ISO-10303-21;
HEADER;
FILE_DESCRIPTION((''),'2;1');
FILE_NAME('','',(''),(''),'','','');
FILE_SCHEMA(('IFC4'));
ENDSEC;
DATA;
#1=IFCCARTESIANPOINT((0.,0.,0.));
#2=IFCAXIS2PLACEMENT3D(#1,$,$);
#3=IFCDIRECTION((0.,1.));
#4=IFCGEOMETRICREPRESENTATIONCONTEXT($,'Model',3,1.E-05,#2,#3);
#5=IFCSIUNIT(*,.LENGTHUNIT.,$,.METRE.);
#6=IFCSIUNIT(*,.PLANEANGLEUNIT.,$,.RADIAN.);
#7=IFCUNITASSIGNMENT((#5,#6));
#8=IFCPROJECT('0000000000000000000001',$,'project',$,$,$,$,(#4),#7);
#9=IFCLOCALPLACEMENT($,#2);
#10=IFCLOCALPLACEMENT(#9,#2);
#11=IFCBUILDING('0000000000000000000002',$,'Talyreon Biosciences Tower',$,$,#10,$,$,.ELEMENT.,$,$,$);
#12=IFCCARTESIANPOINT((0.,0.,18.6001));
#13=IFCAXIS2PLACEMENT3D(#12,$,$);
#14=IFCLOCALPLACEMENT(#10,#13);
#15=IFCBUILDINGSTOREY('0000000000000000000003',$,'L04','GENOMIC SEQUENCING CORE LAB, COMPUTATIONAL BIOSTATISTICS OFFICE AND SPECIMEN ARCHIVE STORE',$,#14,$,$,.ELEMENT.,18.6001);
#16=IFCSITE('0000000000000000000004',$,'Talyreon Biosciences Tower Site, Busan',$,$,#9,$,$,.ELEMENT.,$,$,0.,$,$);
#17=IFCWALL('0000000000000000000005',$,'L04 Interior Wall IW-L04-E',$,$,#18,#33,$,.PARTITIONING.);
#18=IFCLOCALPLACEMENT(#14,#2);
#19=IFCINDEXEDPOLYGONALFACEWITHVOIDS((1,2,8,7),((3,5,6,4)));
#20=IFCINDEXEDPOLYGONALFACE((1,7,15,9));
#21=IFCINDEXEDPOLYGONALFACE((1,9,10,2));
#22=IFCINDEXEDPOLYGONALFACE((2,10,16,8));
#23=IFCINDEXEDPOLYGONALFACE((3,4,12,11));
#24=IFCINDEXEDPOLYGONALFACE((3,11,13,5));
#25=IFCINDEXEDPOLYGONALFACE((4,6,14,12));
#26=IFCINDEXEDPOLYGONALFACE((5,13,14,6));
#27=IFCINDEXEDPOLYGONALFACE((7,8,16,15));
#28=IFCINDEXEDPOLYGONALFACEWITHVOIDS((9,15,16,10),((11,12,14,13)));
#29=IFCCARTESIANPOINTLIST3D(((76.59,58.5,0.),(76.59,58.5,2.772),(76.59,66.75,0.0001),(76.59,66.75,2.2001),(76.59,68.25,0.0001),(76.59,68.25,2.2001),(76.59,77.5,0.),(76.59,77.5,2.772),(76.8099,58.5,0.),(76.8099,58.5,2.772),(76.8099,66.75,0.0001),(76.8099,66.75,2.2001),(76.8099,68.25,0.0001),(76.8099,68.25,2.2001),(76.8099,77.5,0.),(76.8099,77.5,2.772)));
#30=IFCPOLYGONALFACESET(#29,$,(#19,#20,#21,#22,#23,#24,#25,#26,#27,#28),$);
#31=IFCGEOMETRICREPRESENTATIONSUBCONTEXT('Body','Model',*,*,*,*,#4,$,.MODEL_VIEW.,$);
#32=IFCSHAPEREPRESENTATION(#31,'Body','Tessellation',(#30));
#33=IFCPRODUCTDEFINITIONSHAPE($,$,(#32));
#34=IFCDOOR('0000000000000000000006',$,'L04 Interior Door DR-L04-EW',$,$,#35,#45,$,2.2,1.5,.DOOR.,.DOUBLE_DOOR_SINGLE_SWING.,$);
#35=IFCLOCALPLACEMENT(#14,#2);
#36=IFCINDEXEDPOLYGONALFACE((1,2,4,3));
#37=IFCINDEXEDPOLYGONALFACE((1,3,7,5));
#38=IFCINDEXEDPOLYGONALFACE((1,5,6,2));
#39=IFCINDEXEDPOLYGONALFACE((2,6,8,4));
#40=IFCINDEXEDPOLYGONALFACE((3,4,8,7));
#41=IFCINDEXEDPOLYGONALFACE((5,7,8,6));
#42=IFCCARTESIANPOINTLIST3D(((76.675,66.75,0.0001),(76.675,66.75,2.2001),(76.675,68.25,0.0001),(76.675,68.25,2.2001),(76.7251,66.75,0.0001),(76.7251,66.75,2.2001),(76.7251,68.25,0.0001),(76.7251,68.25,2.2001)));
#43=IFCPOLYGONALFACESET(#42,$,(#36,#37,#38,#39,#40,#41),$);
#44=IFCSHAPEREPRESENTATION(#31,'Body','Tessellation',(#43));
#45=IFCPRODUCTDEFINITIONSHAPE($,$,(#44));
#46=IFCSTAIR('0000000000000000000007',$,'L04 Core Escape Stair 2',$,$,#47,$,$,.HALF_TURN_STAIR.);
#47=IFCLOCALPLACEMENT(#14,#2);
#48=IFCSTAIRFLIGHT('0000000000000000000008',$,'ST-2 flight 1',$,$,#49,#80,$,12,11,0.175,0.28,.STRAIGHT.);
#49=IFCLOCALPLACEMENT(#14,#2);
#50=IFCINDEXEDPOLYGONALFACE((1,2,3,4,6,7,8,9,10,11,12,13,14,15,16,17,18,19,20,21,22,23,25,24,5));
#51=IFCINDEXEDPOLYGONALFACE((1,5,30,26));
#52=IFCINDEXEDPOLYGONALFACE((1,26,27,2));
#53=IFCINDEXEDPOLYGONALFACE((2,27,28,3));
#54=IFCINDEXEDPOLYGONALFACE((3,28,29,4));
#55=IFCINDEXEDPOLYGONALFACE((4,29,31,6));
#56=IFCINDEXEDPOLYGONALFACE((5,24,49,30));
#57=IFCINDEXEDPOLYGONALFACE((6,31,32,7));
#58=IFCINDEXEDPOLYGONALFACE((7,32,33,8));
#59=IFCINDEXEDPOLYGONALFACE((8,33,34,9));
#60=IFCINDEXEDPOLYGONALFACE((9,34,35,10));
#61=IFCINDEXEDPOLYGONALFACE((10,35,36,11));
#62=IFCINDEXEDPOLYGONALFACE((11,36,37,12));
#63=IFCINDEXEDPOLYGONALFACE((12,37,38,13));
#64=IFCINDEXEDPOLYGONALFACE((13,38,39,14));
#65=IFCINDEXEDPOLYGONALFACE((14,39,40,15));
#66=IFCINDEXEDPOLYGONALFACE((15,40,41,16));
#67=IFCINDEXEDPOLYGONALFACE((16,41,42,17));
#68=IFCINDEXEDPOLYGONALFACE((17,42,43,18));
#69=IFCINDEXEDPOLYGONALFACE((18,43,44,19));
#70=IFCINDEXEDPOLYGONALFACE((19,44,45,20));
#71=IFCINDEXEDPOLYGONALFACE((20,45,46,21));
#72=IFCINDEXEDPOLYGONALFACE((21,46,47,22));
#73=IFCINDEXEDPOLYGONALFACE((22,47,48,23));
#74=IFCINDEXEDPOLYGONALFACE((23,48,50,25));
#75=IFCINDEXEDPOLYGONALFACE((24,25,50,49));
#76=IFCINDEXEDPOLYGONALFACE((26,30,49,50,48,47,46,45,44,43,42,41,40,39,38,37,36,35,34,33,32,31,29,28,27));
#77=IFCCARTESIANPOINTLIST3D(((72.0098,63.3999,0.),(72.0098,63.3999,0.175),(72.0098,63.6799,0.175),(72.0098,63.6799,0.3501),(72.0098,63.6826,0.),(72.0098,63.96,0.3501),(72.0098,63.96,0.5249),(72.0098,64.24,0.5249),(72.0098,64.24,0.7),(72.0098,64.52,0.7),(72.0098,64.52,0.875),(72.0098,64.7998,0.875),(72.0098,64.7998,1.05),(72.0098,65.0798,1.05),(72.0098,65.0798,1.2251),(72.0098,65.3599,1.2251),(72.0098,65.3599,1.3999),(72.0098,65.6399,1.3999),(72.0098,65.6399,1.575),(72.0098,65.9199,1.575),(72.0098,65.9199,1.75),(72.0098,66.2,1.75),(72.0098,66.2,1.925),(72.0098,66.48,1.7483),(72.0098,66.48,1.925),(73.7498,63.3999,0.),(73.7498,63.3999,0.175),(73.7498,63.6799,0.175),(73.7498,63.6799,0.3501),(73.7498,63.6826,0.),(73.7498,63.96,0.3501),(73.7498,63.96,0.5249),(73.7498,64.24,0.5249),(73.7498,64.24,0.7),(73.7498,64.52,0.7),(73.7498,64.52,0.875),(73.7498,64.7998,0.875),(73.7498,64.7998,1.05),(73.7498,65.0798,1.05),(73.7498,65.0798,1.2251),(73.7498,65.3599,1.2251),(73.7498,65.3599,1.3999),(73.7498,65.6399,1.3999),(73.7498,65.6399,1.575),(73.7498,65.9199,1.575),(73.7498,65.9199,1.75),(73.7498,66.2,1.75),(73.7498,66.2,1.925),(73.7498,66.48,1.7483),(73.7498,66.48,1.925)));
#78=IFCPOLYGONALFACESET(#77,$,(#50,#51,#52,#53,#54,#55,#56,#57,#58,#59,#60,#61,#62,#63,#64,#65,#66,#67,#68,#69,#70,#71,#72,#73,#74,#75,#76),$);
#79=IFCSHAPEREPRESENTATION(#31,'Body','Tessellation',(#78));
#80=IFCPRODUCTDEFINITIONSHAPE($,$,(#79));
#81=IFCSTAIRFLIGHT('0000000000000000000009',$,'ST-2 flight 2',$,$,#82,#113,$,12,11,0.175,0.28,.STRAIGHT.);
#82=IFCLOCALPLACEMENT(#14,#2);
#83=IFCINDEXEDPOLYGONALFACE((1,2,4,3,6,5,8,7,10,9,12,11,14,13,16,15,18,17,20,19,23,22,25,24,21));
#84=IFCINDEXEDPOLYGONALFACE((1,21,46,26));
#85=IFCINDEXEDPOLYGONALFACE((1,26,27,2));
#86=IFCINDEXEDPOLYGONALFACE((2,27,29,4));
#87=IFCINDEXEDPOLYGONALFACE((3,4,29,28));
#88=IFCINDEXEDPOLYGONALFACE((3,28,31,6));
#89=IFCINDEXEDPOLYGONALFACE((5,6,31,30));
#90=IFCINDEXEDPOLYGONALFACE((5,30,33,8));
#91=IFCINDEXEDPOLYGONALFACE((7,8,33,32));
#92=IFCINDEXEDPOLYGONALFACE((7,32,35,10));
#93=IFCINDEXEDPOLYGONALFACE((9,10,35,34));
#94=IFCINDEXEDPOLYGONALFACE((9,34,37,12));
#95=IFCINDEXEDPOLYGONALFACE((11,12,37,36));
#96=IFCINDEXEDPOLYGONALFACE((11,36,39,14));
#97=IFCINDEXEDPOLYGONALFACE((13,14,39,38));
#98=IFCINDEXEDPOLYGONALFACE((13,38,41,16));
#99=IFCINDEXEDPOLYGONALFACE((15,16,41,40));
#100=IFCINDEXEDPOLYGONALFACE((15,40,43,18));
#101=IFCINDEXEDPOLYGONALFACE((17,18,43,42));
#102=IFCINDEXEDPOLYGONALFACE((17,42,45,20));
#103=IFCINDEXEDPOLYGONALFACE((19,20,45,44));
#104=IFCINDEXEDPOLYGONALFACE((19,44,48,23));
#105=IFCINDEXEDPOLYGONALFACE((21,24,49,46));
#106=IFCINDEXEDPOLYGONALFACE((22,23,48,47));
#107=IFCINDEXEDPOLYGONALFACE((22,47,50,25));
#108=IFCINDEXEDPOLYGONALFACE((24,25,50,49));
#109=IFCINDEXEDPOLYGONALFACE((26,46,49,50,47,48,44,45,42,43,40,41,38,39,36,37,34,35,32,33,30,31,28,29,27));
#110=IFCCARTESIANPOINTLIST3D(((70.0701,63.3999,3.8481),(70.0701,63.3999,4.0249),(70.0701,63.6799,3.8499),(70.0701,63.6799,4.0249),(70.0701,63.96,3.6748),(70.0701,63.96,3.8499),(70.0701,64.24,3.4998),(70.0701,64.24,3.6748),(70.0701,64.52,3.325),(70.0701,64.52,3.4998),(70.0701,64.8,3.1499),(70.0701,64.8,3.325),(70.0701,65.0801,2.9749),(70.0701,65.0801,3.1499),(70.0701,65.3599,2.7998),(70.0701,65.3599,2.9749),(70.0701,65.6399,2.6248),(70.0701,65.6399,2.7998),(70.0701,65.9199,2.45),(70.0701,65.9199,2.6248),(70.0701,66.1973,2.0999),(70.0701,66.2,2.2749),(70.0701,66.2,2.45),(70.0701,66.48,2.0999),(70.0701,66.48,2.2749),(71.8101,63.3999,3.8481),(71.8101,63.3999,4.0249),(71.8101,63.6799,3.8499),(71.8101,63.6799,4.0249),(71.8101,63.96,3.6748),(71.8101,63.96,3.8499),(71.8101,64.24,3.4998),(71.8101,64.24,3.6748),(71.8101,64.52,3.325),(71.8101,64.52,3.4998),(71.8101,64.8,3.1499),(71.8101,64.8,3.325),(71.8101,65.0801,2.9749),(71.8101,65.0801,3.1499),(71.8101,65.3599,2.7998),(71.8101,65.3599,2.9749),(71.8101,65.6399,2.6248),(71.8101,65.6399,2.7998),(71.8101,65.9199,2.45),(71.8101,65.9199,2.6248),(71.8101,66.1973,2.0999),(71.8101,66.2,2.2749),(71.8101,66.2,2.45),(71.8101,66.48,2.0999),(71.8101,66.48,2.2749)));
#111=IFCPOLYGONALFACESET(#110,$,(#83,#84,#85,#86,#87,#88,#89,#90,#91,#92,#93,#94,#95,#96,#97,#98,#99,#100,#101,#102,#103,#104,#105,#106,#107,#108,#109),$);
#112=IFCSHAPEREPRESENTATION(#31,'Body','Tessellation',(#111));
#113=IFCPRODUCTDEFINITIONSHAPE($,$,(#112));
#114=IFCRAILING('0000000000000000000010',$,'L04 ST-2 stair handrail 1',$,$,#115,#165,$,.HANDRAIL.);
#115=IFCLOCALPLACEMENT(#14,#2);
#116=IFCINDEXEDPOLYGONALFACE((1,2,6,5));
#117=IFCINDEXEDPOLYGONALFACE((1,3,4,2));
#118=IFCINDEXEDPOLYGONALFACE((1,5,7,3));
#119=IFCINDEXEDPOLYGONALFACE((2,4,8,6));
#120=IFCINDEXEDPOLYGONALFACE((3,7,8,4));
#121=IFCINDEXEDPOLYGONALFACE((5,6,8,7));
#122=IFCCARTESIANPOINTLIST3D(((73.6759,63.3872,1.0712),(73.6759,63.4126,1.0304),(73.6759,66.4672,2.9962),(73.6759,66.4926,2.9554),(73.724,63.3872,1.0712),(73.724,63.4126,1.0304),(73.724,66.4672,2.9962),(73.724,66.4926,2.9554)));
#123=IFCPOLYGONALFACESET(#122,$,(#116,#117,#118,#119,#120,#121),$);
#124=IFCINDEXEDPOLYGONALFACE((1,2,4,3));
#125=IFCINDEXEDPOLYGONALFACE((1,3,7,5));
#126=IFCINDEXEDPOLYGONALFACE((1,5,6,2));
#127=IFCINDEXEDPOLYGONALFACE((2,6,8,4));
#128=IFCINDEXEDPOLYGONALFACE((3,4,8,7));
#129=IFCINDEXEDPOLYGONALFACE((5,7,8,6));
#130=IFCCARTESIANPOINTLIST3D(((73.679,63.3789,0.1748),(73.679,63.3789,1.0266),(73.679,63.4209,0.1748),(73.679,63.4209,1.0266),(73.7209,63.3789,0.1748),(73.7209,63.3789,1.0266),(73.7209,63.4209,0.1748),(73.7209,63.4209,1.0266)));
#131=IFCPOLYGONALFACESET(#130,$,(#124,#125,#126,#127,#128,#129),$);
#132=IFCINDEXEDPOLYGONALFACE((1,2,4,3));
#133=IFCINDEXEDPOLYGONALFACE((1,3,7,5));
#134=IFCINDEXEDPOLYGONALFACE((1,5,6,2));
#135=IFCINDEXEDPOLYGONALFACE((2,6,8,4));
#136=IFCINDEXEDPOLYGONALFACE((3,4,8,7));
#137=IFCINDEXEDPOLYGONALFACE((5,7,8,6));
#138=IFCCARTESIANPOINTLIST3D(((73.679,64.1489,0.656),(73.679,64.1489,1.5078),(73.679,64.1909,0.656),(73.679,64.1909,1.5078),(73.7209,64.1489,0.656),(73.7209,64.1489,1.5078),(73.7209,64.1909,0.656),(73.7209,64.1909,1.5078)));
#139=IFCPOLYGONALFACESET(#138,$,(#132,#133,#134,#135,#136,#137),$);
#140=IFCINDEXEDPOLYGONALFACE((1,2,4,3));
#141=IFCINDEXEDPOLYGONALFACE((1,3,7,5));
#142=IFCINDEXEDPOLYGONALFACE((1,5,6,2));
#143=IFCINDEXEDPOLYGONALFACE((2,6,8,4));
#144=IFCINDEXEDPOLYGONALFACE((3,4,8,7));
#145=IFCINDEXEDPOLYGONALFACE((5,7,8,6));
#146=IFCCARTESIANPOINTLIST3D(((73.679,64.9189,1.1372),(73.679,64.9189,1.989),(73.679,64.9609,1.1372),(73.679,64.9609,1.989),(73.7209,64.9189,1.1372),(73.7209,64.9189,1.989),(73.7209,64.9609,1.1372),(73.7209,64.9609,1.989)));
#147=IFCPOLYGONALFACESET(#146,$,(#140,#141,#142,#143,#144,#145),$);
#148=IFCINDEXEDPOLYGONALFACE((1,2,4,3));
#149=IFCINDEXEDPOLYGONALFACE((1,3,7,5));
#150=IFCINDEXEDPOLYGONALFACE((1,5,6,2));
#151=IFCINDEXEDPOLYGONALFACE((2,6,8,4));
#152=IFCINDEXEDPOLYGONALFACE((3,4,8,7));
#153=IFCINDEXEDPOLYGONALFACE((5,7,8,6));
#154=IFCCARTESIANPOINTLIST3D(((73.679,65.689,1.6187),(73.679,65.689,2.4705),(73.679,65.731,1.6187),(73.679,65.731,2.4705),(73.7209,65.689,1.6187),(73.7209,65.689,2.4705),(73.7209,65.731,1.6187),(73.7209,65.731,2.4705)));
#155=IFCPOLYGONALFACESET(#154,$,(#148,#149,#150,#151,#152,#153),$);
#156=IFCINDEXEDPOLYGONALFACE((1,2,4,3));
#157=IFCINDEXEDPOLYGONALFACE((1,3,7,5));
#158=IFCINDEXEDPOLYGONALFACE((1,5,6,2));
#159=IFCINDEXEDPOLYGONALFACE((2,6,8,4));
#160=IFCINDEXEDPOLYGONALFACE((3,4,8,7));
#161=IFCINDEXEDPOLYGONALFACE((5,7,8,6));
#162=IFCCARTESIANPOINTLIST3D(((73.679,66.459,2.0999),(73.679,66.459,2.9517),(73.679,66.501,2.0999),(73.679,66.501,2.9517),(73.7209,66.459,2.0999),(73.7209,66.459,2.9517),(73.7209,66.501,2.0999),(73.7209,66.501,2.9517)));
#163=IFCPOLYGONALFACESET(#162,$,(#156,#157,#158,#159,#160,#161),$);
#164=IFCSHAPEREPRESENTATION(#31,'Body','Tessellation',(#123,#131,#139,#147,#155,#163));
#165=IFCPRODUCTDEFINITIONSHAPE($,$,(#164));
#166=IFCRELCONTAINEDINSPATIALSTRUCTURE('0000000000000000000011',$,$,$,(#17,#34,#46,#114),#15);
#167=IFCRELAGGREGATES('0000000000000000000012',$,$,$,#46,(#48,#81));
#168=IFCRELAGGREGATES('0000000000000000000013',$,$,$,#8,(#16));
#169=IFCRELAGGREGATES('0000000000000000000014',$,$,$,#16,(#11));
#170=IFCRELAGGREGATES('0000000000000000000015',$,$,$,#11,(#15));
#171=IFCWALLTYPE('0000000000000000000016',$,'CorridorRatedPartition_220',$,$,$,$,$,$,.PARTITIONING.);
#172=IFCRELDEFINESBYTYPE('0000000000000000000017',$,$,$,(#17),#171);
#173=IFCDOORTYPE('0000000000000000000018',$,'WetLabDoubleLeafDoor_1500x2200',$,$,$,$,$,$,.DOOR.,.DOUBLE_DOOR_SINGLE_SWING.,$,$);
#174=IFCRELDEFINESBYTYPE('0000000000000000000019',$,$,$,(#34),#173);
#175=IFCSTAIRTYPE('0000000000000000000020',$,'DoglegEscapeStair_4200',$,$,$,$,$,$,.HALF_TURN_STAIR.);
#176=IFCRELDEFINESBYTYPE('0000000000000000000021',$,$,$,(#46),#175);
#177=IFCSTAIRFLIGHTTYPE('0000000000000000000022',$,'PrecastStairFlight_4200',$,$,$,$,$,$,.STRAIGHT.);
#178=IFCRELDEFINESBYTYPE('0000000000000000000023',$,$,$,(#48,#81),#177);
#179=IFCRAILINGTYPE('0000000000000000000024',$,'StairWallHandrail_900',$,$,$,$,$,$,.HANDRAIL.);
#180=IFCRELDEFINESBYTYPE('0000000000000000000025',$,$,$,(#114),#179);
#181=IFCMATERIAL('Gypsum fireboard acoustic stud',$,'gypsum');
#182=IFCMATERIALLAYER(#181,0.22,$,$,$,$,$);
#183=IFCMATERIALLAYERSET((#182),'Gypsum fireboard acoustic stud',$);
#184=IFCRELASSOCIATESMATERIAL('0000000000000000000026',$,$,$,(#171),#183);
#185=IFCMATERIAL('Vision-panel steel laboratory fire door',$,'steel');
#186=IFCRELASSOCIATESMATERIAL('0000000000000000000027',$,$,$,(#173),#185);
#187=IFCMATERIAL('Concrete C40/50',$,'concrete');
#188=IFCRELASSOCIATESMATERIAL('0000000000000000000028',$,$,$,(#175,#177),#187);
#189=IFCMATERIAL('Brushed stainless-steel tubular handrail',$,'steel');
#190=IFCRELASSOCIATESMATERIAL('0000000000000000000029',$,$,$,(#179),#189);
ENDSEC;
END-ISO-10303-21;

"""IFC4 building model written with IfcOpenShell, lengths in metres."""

from ifc_helpers import new_model, si_unit, direction, frame, frame_2d, origin, origin_2d, place, context, subcontext, project, spatial, polyline, rectangle, outline, extrude, material, layer, layer_set, type_object, element, fill, aggregate, save


model = new_model("IFC4")

# Units and contexts
model_context = context("Model", 3, precision=1e-05, world=origin(), true_north=direction((0.0, 1.0)))
body_context = subcontext(model_context, "Body", "Model", "MODEL_VIEW")
ifc_project = project(units=[si_unit("LENGTHUNIT", "METRE"), si_unit("PLANEANGLEUNIT", "RADIAN")], contexts=[model_context])

# Site, building, storey
site_placement = place(None, origin())
site = spatial("IfcSite", under=ifc_project, at=site_placement, Name="Talyreon Biosciences Tower Site, Busan", CompositionType="ELEMENT", RefElevation=0.0)
building_placement = place(site_placement, origin())
building = spatial("IfcBuilding", under=site, at=building_placement, Name="Talyreon Biosciences Tower", CompositionType="ELEMENT")
storey_placement = place(building_placement, frame((0.0, 0.0, 18.6001)))
storey = spatial("IfcBuildingStorey", under=building, at=storey_placement, Name="L04", Description="GENOMIC SEQUENCING CORE LAB, COMPUTATIONAL BIOSTATISTICS OFFICE AND SPECIMEN ARCHIVE STORE", CompositionType="ELEMENT", Elevation=18.6001)

# Wall, opening, door
ifc_material_1 = material(Name="Gypsum fireboard acoustic stud", Category="gypsum")
ifc_layer_1 = layer(ifc_material_1, 0.22)
ifc_layer_set_1 = layer_set([ifc_layer_1], Name="Gypsum fireboard acoustic stud")
wall_type_1 = type_object("IfcWallType", Name="CorridorRatedPartition_220", PredefinedType="PARTITIONING", material=ifc_layer_set_1)
wall_1_placement = place(storey_placement, frame((76.7, 58.5, 0.0), z_axis=(0.0, 0.0, 1.0), x_axis=(0.0, 1.0, 0.0)))
wall_1 = element("IfcWall", 1, at=wall_1_placement, inside=storey, type_object=wall_type_1, Name="L04 Interior Wall IW-L04-E", PredefinedType="PARTITIONING", context=body_context, shape_type="SweptSolid", body=[
    extrude(rectangle(XDim=19.0, YDim=0.22, at=frame_2d((9.5, 0.0))), origin(), (0.0, 0.0, 1.0), 2.772),
])
opening_1_placement = place(wall_1_placement, frame((8.25, 0.0, 0.0)))
opening_1 = element("IfcOpeningElement", 2, at=opening_1_placement, cuts=wall_1, PredefinedType="OPENING", context=body_context, shape_type="SweptSolid", body=[
    extrude(rectangle(XDim=1.5, YDim=2.2, at=frame_2d((0.75, 1.1001))), frame((0.0, 0.1199, 0.0), z_axis=(0.0, -1.0, 0.0), x_axis=(1.0, 0.0, 0.0)), (0.0, 0.0, 1.0), 0.24),
])
ifc_material_2 = material(Name="Vision-panel steel laboratory fire door", Category="steel")
door_type_1 = type_object("IfcDoorType", Name="WetLabDoubleLeafDoor_1500x2200", OperationType="DOUBLE_DOOR_SINGLE_SWING", PredefinedType="DOOR", material=ifc_material_2)
door_1_placement = place(opening_1_placement, origin())
door_1 = element("IfcDoor", 3, at=door_1_placement, inside=storey, type_object=door_type_1, Name="L04 Interior Door DR-L04-EW", OperationType="DOUBLE_DOOR_SINGLE_SWING", OverallHeight=2.2, OverallWidth=1.5, PredefinedType="DOOR", context=body_context, shape_type="SweptSolid", body=[
    extrude(rectangle(XDim=1.5, YDim=2.2, at=frame_2d((0.75, 1.1001))), frame((0.0, 0.0249, 0.0), z_axis=(0.0, -1.0, 0.0), x_axis=(1.0, 0.0, 0.0)), (0.0, 0.0, 1.0), 0.05),
])
fill(opening_1, door_1)

# Stair, stair flights
ifc_material_3 = material(Name="Concrete C40/50", Category="concrete")
stair_type = type_object("IfcStairType", Name="DoglegEscapeStair_4200", PredefinedType="HALF_TURN_STAIR", material=ifc_material_3)
stair_placement = place(storey_placement, origin())
stair = element("IfcStair", 4, at=stair_placement, inside=storey, type_object=stair_type, Name="L04 Core Escape Stair 2", PredefinedType="HALF_TURN_STAIR")
stair_flight_type = type_object("IfcStairFlightType", Name="PrecastStairFlight_4200", PredefinedType="STRAIGHT", material=ifc_material_3)
stair_flight_1_placement = place(storey_placement, frame((72.8799, 63.3999, 0.0), z_axis=(0.0, 0.0, 1.0), x_axis=(0.0, 1.0, 0.0)))
stair_flight_1 = element("IfcStairFlight", 5, at=stair_flight_1_placement, type_object=stair_flight_type, Name="ST-2 flight 1", NumberOfRisers=12, NumberOfTreads=11, PredefinedType="STRAIGHT", RiserHeight=0.175, TreadLength=0.28, context=body_context, shape_type="SweptSolid", body=[
    extrude(outline(polyline([(0.0, 0.0), (0.0, 0.175), (0.28, 0.175), (0.28, 0.3501), (0.5601, 0.3501), (0.5601, 0.5249), (0.8401, 0.5249), (0.8401, 0.7), (1.1201, 0.7), (1.1201, 0.875), (1.3999, 0.875), (1.3999, 1.05), (1.6799, 1.05), (1.6799, 1.2251), (1.96, 1.2251), (1.96, 1.3999), (2.24, 1.3999), (2.24, 1.575), (2.52, 1.575), (2.52, 1.75), (2.8, 1.75), (2.8, 1.925), (3.0801, 1.925), (3.0801, 2.1001), (3.0801, 1.7483), (0.2827, 0.0), (0.0, 0.0)])), frame((0.0, 0.8701, 0.0), z_axis=(0.0, -1.0, 0.0), x_axis=(1.0, 0.0, 0.0)), (0.0, 0.0, 1.0), 1.74),
])
stair_flight_2_placement = place(storey_placement, frame((70.9399, 66.48, 2.0999), z_axis=(0.0, 0.0, 1.0), x_axis=(0.0, -1.0, 0.0)))
stair_flight_2 = element("IfcStairFlight", 6, at=stair_flight_2_placement, type_object=stair_flight_type, Name="ST-2 flight 2", NumberOfRisers=12, NumberOfTreads=11, PredefinedType="STRAIGHT", RiserHeight=0.175, TreadLength=0.28, context=body_context, shape_type="SweptSolid", body=[
    extrude(outline(polyline([(0.0, 0.0), (0.0, 0.175), (0.28, 0.175), (0.28, 0.3501), (0.5601, 0.3501), (0.5601, 0.5249), (0.8401, 0.5249), (0.8401, 0.7), (1.1201, 0.7), (1.1201, 0.875), (1.3999, 0.875), (1.3999, 1.05), (1.6799, 1.05), (1.6799, 1.2251), (1.96, 1.2251), (1.96, 1.3999), (2.24, 1.3999), (2.24, 1.575), (2.52, 1.575), (2.52, 1.75), (2.8, 1.75), (2.8, 1.925), (3.0801, 1.925), (3.0801, 2.1001), (3.0801, 1.7483), (0.2827, 0.0), (0.0, 0.0)])), frame((0.0, 0.8701, 0.0), z_axis=(0.0, -1.0, 0.0), x_axis=(1.0, 0.0, 0.0)), (0.0, 0.0, 1.0), 1.74),
])
aggregate(stair, [stair_flight_1, stair_flight_2])

# Railing
ifc_material_4 = material(Name="Brushed stainless-steel tubular handrail", Category="steel")
railing_type_1 = type_object("IfcRailingType", Name="StairWallHandrail_900", PredefinedType="HANDRAIL", material=ifc_material_4)
railing_1_placement = place(storey_placement, frame((73.7, 63.3999, 0.1748)))
element("IfcRailing", 7, at=railing_1_placement, inside=storey, type_object=railing_type_1, Name="L04 ST-2 stair handrail 1", PredefinedType="HANDRAIL", context=body_context, shape_type="SweptSolid", body=[
    extrude(rectangle(XDim=0.0481, YDim=0.0481, at=origin_2d()), frame((0.0, 0.0, 0.876), z_axis=(0.0, 0.847998, 0.529999), x_axis=(-1.0, 0.0, 0.0)), (0.0, 0.0, 1.0), 3.6321),
    extrude(rectangle(XDim=0.042, YDim=0.042, at=origin_2d()), origin(), (0.0, 0.0, 1.0), 0.8518),
    extrude(rectangle(XDim=0.042, YDim=0.042, at=origin_2d()), frame((0.0, 0.77, 0.4812)), (0.0, 0.0, 1.0), 0.8518),
    extrude(rectangle(XDim=0.042, YDim=0.042, at=origin_2d()), frame((0.0, 1.54, 0.9624)), (0.0, 0.0, 1.0), 0.8518),
    extrude(rectangle(XDim=0.042, YDim=0.042, at=origin_2d()), frame((0.0, 2.3101, 1.4438)), (0.0, 0.0, 1.0), 0.8518),
    extrude(rectangle(XDim=0.042, YDim=0.042, at=origin_2d()), frame((0.0, 3.0801, 1.925)), (0.0, 0.0, 1.0), 0.8518),
])

save(model, "model.ifc")
